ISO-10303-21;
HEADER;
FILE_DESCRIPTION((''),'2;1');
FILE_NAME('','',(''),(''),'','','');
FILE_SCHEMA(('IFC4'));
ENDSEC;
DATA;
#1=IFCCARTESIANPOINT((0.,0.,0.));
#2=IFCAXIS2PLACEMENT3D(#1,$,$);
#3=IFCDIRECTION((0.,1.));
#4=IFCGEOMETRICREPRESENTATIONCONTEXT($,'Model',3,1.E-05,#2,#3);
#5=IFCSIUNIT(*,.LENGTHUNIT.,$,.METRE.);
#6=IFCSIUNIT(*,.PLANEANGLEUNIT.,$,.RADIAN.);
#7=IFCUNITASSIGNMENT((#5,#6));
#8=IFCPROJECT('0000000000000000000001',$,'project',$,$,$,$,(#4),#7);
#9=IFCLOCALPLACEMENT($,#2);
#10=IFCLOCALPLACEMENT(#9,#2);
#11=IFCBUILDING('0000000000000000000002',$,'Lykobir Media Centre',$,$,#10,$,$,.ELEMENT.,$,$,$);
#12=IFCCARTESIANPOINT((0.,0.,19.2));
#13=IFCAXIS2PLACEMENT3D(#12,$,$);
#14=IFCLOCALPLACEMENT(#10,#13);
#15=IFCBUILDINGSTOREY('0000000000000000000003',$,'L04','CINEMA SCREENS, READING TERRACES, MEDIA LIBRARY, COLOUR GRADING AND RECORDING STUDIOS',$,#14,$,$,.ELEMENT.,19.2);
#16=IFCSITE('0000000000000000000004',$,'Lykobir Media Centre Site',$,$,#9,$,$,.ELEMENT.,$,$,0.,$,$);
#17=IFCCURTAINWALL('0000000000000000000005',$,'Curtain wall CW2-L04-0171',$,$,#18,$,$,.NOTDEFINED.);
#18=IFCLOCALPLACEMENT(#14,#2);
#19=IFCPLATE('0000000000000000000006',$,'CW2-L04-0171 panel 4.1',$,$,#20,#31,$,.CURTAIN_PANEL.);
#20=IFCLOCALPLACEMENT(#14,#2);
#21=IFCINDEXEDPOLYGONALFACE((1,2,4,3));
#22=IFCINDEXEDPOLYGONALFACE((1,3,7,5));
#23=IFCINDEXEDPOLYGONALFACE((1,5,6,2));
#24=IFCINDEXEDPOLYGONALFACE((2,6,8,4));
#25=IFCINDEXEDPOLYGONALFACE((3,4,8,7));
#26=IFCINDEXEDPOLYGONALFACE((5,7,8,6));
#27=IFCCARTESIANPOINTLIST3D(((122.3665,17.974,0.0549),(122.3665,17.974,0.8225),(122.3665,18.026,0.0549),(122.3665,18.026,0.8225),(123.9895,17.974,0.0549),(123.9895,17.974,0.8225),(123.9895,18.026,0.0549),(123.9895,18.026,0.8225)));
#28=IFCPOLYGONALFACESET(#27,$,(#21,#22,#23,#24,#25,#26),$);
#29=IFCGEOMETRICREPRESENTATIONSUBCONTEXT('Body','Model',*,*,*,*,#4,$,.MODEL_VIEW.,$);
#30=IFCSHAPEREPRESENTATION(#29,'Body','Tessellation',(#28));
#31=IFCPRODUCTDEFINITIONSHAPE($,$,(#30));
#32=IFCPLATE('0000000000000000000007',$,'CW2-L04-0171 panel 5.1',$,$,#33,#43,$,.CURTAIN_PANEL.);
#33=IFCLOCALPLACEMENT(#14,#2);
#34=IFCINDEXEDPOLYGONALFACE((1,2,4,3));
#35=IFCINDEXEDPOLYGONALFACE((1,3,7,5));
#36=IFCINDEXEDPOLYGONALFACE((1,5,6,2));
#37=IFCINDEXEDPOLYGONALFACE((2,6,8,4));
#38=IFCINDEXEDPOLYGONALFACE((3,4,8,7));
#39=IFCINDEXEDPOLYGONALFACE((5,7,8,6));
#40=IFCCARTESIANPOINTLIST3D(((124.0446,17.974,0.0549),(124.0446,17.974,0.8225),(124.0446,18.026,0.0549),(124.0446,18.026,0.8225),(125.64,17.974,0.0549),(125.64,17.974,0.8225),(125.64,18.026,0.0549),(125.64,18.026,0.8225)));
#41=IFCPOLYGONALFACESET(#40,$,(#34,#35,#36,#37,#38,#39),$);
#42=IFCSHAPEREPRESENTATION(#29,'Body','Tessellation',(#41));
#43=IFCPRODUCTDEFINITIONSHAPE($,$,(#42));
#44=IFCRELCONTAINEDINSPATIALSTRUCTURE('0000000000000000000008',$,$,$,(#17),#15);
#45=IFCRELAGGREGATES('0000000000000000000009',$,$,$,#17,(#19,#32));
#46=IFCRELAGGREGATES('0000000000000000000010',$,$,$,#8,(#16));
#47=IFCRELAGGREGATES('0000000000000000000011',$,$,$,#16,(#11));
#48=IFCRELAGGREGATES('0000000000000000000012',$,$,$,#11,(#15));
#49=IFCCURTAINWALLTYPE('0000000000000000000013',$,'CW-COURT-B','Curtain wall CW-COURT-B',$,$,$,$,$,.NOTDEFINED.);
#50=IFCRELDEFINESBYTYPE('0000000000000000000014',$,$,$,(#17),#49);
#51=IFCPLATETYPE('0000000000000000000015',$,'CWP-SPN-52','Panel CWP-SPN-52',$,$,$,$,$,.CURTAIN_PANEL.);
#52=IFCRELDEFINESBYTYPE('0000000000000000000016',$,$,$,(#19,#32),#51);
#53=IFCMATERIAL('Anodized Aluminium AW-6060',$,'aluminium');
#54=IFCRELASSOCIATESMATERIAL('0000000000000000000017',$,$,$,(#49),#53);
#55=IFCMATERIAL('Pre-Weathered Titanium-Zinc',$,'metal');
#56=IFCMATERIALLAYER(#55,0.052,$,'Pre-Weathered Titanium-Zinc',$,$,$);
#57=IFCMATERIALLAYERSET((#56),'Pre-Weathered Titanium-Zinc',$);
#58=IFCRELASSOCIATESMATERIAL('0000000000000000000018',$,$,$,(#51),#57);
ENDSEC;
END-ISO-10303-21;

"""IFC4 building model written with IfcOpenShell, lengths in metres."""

from ifc_helpers import new_model, si_unit, direction, frame, origin, origin_2d, place, context, subcontext, project, spatial, rectangle, extrude, material, layer, layer_set, type_object, element, aggregate, save


model = new_model("IFC4")

# Units and contexts
model_context = context("Model", 3, precision=1e-05, world=origin(), true_north=direction((0.0, 1.0)))
body_context = subcontext(model_context, "Body", "Model", "MODEL_VIEW")
ifc_project = project(units=[si_unit("LENGTHUNIT", "METRE"), si_unit("PLANEANGLEUNIT", "RADIAN")], contexts=[model_context])

# Site, building, storey
site_placement = place(None, origin())
site = spatial("IfcSite", under=ifc_project, at=site_placement, Name="Lykobir Media Centre Site", CompositionType="ELEMENT", RefElevation=0.0)
building_placement = place(site_placement, origin())
building = spatial("IfcBuilding", under=site, at=building_placement, Name="Lykobir Media Centre", CompositionType="ELEMENT")
storey_placement = place(building_placement, frame((0.0, 0.0, 19.2)))
storey = spatial("IfcBuildingStorey", under=building, at=storey_placement, Name="L04", Description="CINEMA SCREENS, READING TERRACES, MEDIA LIBRARY, COLOUR GRADING AND RECORDING STUDIOS", CompositionType="ELEMENT", Elevation=19.2)

# Shared definitions
ifc_material_1 = material(Name="Anodized Aluminium AW-6060", Category="aluminium")
curtain_wall_type = type_object("IfcCurtainWallType", Name="CW-COURT-B", Description="Curtain wall CW-COURT-B", PredefinedType="NOTDEFINED", material=ifc_material_1)

# Curtain wall
curtain_wall_1_placement = place(storey_placement, origin())
curtain_wall_1 = element("IfcCurtainWall", 1, at=curtain_wall_1_placement, inside=storey, type_object=curtain_wall_type, Name="Curtain wall CW2-L04-0171", PredefinedType="NOTDEFINED")

# Plates
ifc_material_2 = material(Name="Pre-Weathered Titanium-Zinc", Category="metal")
ifc_layer_1 = layer(ifc_material_2, 0.052, Name="Pre-Weathered Titanium-Zinc")
ifc_layer_set_1 = layer_set([ifc_layer_1], Name="Pre-Weathered Titanium-Zinc")
plate_type_1 = type_object("IfcPlateType", Name="CWP-SPN-52", Description="Panel CWP-SPN-52", PredefinedType="CURTAIN_PANEL", material=ifc_layer_set_1)
plate_1_placement = place(storey_placement, frame((123.178, 18.0, 0.0549), z_axis=(0.0, 0.0, 1.0), x_axis=(1.0, 0.0, 0.0)))
plate_1 = element("IfcPlate", 2, at=plate_1_placement, type_object=plate_type_1, Name="CW2-L04-0171 panel 4.1", PredefinedType="CURTAIN_PANEL", context=body_context, shape_type="SweptSolid", body=[
    extrude(rectangle(XDim=1.623, YDim=0.052, at=origin_2d()), origin(), (0.0, 0.0, 1.0), 0.7676),
])
plate_2_placement = place(storey_placement, frame((124.8423, 18.0, 0.0549), z_axis=(0.0, 0.0, 1.0), x_axis=(1.0, 0.0, 0.0)))
plate_2 = element("IfcPlate", 3, at=plate_2_placement, type_object=plate_type_1, Name="CW2-L04-0171 panel 5.1", PredefinedType="CURTAIN_PANEL", context=body_context, shape_type="SweptSolid", body=[
    extrude(rectangle(XDim=1.5955, YDim=0.052, at=origin_2d()), origin(), (0.0, 0.0, 1.0), 0.7676),
])
aggregate(curtain_wall_1, [plate_1, plate_2])

save(model, "model.ifc")
